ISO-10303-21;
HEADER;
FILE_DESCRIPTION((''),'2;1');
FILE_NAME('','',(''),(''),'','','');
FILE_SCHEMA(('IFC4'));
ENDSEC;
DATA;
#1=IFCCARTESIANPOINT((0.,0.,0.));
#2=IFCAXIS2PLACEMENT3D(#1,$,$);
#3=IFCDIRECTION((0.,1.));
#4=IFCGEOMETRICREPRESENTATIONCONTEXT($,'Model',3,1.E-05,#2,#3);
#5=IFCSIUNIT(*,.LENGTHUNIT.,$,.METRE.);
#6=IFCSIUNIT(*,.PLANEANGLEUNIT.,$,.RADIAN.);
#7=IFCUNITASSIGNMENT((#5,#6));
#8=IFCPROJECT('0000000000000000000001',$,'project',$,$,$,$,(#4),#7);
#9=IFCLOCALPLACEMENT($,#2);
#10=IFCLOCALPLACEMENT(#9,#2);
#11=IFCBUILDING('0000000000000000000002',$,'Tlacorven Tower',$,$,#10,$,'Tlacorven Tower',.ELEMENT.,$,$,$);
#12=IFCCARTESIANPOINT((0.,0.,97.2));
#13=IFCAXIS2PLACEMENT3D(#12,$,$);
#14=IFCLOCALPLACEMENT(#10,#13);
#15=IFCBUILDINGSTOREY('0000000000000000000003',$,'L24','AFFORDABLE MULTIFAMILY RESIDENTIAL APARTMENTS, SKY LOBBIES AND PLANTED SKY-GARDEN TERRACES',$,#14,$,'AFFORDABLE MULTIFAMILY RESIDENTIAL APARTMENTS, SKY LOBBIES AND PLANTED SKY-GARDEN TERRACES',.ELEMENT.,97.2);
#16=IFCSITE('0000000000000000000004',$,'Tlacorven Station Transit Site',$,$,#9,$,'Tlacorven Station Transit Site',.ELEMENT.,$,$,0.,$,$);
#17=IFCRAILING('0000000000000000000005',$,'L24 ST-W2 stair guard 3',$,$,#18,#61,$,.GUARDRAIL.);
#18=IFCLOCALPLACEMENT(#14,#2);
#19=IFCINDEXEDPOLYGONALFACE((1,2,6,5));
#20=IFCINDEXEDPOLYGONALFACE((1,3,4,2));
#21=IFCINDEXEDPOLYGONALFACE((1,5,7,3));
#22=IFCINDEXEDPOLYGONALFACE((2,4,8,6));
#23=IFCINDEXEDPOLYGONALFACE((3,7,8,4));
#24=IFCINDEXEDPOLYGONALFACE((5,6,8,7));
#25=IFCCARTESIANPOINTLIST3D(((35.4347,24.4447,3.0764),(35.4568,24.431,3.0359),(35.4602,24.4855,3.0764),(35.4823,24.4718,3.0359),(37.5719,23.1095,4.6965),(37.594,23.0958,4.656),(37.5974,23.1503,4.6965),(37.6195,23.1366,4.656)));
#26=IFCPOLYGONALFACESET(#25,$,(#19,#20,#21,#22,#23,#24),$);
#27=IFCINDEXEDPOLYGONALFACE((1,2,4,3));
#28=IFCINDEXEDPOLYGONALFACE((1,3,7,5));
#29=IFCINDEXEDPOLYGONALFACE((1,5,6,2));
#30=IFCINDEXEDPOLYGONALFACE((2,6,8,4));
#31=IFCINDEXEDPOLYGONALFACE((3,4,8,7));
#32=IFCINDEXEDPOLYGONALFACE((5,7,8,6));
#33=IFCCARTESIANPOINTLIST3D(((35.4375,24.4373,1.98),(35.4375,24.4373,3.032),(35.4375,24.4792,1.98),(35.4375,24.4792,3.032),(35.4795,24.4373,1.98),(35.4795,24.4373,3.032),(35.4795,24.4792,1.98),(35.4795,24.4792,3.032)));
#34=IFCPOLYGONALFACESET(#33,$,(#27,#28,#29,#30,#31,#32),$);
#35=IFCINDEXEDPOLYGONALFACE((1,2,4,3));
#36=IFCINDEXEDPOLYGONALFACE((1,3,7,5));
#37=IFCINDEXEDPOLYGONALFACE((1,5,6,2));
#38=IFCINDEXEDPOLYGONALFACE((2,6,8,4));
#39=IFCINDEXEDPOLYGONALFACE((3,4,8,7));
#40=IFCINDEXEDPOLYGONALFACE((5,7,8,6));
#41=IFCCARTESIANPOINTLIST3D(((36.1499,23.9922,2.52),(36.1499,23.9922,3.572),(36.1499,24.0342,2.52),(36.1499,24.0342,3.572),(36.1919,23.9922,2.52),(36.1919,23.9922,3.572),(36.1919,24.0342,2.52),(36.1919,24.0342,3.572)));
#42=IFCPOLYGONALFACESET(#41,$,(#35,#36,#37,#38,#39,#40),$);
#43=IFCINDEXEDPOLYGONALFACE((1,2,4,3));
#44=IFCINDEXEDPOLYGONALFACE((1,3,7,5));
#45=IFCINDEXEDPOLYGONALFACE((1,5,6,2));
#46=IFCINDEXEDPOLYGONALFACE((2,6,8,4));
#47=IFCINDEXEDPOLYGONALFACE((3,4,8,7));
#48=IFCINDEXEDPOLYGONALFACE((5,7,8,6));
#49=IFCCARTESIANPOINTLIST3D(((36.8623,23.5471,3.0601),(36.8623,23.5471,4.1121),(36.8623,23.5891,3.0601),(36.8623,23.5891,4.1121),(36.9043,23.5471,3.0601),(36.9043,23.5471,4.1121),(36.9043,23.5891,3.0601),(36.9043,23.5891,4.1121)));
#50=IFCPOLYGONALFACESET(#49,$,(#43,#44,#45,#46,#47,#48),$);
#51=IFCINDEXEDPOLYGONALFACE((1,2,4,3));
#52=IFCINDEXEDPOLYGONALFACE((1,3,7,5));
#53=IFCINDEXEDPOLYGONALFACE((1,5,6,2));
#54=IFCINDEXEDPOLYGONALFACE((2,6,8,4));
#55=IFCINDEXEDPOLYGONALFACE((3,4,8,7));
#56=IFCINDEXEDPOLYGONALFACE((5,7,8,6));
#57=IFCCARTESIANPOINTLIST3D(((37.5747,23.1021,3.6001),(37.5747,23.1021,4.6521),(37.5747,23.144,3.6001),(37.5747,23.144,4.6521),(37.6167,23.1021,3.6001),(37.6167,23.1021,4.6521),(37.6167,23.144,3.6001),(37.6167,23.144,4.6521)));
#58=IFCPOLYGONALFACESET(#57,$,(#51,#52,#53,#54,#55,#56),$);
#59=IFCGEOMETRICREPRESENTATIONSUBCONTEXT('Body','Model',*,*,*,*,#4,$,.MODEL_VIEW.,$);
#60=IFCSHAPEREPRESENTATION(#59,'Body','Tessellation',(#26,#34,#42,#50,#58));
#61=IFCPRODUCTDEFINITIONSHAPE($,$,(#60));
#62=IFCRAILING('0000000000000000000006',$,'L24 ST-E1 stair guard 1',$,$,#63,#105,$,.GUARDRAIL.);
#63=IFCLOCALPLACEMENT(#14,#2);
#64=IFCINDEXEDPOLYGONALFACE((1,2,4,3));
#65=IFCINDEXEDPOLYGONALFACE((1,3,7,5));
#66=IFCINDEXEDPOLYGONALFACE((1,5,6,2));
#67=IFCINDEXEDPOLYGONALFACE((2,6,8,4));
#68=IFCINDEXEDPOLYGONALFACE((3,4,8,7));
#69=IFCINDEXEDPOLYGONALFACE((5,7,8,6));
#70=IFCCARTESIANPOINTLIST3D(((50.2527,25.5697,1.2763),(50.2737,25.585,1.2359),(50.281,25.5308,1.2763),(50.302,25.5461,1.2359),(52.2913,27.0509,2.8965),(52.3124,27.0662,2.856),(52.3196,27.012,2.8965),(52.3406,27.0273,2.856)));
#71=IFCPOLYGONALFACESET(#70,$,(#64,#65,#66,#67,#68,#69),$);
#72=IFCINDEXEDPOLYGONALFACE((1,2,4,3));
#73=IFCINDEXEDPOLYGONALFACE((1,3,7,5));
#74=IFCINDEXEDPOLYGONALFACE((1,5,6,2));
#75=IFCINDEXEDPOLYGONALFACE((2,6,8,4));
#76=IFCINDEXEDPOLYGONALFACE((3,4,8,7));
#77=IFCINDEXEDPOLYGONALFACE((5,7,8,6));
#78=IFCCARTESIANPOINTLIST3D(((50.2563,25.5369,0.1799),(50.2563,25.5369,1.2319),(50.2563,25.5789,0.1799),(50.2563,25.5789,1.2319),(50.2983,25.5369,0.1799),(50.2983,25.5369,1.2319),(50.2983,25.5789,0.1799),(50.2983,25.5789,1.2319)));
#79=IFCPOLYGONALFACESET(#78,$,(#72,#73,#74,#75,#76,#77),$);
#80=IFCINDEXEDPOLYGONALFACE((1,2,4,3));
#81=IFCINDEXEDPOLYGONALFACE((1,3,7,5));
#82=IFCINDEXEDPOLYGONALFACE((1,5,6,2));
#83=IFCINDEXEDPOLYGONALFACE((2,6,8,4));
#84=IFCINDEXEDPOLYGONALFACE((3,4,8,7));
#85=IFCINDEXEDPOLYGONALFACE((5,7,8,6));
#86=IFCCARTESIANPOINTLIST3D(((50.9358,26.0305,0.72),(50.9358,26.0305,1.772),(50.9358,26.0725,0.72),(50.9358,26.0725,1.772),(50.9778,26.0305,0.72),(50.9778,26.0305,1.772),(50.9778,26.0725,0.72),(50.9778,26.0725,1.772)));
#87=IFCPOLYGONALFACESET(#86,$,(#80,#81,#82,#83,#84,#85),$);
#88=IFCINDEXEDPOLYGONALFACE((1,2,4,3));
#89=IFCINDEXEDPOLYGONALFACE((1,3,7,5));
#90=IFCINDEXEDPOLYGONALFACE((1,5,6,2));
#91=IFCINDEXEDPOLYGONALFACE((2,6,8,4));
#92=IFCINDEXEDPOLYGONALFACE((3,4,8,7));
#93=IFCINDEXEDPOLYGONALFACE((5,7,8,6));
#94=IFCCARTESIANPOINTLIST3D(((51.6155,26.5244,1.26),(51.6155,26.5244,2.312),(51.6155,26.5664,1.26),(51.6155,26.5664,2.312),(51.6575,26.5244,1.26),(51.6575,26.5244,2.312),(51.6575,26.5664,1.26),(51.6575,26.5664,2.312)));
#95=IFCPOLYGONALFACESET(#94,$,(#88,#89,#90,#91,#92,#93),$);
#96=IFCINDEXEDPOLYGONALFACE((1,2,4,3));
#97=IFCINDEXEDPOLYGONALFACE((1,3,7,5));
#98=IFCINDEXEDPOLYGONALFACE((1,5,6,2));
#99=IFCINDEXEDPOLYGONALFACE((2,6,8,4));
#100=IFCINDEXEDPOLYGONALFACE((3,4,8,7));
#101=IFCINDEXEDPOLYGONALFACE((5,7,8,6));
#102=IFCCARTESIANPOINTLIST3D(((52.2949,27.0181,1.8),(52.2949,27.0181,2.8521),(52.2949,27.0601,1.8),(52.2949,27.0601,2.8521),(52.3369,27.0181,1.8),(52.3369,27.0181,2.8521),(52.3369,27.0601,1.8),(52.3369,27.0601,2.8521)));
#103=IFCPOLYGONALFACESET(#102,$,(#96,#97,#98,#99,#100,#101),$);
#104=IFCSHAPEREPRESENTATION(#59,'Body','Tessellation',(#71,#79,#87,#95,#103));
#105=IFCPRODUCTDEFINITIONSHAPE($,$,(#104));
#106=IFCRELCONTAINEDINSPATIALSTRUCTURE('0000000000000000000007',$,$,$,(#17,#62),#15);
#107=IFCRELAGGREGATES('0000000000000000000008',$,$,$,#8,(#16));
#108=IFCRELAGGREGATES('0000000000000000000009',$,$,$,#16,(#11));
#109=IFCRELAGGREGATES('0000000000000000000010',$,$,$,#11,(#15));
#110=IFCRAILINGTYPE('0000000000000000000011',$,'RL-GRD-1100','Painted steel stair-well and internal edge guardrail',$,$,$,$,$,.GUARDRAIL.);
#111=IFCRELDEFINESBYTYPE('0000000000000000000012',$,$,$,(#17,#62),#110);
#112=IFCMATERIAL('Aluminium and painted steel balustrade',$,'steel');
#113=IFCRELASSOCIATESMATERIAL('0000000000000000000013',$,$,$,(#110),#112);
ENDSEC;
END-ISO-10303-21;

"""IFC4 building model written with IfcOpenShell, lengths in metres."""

from ifc_helpers import new_model, si_unit, direction, frame, origin, origin_2d, place, context, subcontext, project, spatial, rectangle, extrude, source, transform, mapped, material, type_object, element, save


model = new_model("IFC4")

# Units and contexts
model_context = context("Model", 3, precision=1e-05, world=origin(), true_north=direction((0.0, 1.0)))
body_context = subcontext(model_context, "Body", "Model", "MODEL_VIEW")
ifc_project = project(units=[si_unit("LENGTHUNIT", "METRE"), si_unit("PLANEANGLEUNIT", "RADIAN")], contexts=[model_context])

# Site, building, storey
site_placement = place(None, origin())
site = spatial("IfcSite", under=ifc_project, at=site_placement, Name="Tlacorven Station Transit Site", LongName="Tlacorven Station Transit Site", CompositionType="ELEMENT", RefElevation=0.0)
building_placement = place(site_placement, origin())
building = spatial("IfcBuilding", under=site, at=building_placement, Name="Tlacorven Tower", LongName="Tlacorven Tower", CompositionType="ELEMENT")
storey_placement = place(building_placement, frame((0.0, 0.0, 97.2)))
storey = spatial("IfcBuildingStorey", under=building, at=storey_placement, Name="L24", Description="AFFORDABLE MULTIFAMILY RESIDENTIAL APARTMENTS, SKY LOBBIES AND PLANTED SKY-GARDEN TERRACES", LongName="AFFORDABLE MULTIFAMILY RESIDENTIAL APARTMENTS, SKY LOBBIES AND PLANTED SKY-GARDEN TERRACES", CompositionType="ELEMENT", Elevation=97.2)

# Railings
ifc_material_1 = material(Name="Aluminium and painted steel balustrade", Category="steel")
railing_type_1 = type_object("IfcRailingType", Name="RL-GRD-1100", Description="Painted steel stair-well and internal edge guardrail", PredefinedType="GUARDRAIL", material=ifc_material_1)
shared_shape_1 = source(origin(), body_context, "Body", "SweptSolid", [
    extrude(rectangle(XDim=0.0481, YDim=0.0481, at=origin_2d()), frame((0.0, 0.0, 1.0762), z_axis=(0.713386, -0.445683, 0.540784), x_axis=(0.529842, 0.848096, 0.0)), (0.0, 0.0, 1.0), 2.9958),
    extrude(rectangle(XDim=0.042, YDim=0.042, at=origin_2d()), origin(), (0.0, 0.0, 1.0), 1.052),
    extrude(rectangle(XDim=0.042, YDim=0.042, at=origin_2d()), frame((0.7124, -0.4451, 0.54)), (0.0, 0.0, 1.0), 1.052),
    extrude(rectangle(XDim=0.042, YDim=0.042, at=origin_2d()), frame((1.4248, -0.8901, 1.0801)), (0.0, 0.0, 1.0), 1.052),
    extrude(rectangle(XDim=0.042, YDim=0.042, at=origin_2d()), frame((2.1372, -1.3352, 1.6201)), (0.0, 0.0, 1.0), 1.052),
])
railing_1_placement = place(storey_placement, frame((35.4585, 24.4583, 1.98)))
element("IfcRailing", 1, at=railing_1_placement, inside=storey, type_object=railing_type_1, Name="L24 ST-W2 stair guard 3", PredefinedType="GUARDRAIL", context=body_context, shape_type="MappedRepresentation", body=[
    mapped(shared_shape_1, transform((0.0, 0.0, 0.0), scale=1.0)),
])
shared_shape_2 = source(origin(), body_context, "Body", "SweptSolid", [
    extrude(rectangle(XDim=0.0481, YDim=0.0481, at=origin_2d()), frame((0.0, 0.0, 1.0762), z_axis=(0.680489, 0.494434, 0.540805), x_axis=(-0.587809, 0.809, 0.0)), (0.0, 0.0, 1.0), 2.9958),
    extrude(rectangle(XDim=0.042, YDim=0.042, at=origin_2d()), origin(), (0.0, 0.0, 1.0), 1.052),
    extrude(rectangle(XDim=0.042, YDim=0.042, at=origin_2d()), frame((0.6794, 0.4937, 0.54)), (0.0, 0.0, 1.0), 1.052),
    extrude(rectangle(XDim=0.042, YDim=0.042, at=origin_2d()), frame((1.3591, 0.9875, 1.0801)), (0.0, 0.0, 1.0), 1.052),
    extrude(rectangle(XDim=0.042, YDim=0.042, at=origin_2d()), frame((2.0386, 1.4812, 1.6201)), (0.0, 0.0, 1.0), 1.052),
])
railing_2_placement = place(storey_placement, frame((50.2773, 25.5579, 0.1799)))
element("IfcRailing", 2, at=railing_2_placement, inside=storey, type_object=railing_type_1, Name="L24 ST-E1 stair guard 1", PredefinedType="GUARDRAIL", context=body_context, shape_type="MappedRepresentation", body=[
    mapped(shared_shape_2, transform((0.0, 0.0, 0.0), scale=1.0)),
])

save(model, "model.ifc")
